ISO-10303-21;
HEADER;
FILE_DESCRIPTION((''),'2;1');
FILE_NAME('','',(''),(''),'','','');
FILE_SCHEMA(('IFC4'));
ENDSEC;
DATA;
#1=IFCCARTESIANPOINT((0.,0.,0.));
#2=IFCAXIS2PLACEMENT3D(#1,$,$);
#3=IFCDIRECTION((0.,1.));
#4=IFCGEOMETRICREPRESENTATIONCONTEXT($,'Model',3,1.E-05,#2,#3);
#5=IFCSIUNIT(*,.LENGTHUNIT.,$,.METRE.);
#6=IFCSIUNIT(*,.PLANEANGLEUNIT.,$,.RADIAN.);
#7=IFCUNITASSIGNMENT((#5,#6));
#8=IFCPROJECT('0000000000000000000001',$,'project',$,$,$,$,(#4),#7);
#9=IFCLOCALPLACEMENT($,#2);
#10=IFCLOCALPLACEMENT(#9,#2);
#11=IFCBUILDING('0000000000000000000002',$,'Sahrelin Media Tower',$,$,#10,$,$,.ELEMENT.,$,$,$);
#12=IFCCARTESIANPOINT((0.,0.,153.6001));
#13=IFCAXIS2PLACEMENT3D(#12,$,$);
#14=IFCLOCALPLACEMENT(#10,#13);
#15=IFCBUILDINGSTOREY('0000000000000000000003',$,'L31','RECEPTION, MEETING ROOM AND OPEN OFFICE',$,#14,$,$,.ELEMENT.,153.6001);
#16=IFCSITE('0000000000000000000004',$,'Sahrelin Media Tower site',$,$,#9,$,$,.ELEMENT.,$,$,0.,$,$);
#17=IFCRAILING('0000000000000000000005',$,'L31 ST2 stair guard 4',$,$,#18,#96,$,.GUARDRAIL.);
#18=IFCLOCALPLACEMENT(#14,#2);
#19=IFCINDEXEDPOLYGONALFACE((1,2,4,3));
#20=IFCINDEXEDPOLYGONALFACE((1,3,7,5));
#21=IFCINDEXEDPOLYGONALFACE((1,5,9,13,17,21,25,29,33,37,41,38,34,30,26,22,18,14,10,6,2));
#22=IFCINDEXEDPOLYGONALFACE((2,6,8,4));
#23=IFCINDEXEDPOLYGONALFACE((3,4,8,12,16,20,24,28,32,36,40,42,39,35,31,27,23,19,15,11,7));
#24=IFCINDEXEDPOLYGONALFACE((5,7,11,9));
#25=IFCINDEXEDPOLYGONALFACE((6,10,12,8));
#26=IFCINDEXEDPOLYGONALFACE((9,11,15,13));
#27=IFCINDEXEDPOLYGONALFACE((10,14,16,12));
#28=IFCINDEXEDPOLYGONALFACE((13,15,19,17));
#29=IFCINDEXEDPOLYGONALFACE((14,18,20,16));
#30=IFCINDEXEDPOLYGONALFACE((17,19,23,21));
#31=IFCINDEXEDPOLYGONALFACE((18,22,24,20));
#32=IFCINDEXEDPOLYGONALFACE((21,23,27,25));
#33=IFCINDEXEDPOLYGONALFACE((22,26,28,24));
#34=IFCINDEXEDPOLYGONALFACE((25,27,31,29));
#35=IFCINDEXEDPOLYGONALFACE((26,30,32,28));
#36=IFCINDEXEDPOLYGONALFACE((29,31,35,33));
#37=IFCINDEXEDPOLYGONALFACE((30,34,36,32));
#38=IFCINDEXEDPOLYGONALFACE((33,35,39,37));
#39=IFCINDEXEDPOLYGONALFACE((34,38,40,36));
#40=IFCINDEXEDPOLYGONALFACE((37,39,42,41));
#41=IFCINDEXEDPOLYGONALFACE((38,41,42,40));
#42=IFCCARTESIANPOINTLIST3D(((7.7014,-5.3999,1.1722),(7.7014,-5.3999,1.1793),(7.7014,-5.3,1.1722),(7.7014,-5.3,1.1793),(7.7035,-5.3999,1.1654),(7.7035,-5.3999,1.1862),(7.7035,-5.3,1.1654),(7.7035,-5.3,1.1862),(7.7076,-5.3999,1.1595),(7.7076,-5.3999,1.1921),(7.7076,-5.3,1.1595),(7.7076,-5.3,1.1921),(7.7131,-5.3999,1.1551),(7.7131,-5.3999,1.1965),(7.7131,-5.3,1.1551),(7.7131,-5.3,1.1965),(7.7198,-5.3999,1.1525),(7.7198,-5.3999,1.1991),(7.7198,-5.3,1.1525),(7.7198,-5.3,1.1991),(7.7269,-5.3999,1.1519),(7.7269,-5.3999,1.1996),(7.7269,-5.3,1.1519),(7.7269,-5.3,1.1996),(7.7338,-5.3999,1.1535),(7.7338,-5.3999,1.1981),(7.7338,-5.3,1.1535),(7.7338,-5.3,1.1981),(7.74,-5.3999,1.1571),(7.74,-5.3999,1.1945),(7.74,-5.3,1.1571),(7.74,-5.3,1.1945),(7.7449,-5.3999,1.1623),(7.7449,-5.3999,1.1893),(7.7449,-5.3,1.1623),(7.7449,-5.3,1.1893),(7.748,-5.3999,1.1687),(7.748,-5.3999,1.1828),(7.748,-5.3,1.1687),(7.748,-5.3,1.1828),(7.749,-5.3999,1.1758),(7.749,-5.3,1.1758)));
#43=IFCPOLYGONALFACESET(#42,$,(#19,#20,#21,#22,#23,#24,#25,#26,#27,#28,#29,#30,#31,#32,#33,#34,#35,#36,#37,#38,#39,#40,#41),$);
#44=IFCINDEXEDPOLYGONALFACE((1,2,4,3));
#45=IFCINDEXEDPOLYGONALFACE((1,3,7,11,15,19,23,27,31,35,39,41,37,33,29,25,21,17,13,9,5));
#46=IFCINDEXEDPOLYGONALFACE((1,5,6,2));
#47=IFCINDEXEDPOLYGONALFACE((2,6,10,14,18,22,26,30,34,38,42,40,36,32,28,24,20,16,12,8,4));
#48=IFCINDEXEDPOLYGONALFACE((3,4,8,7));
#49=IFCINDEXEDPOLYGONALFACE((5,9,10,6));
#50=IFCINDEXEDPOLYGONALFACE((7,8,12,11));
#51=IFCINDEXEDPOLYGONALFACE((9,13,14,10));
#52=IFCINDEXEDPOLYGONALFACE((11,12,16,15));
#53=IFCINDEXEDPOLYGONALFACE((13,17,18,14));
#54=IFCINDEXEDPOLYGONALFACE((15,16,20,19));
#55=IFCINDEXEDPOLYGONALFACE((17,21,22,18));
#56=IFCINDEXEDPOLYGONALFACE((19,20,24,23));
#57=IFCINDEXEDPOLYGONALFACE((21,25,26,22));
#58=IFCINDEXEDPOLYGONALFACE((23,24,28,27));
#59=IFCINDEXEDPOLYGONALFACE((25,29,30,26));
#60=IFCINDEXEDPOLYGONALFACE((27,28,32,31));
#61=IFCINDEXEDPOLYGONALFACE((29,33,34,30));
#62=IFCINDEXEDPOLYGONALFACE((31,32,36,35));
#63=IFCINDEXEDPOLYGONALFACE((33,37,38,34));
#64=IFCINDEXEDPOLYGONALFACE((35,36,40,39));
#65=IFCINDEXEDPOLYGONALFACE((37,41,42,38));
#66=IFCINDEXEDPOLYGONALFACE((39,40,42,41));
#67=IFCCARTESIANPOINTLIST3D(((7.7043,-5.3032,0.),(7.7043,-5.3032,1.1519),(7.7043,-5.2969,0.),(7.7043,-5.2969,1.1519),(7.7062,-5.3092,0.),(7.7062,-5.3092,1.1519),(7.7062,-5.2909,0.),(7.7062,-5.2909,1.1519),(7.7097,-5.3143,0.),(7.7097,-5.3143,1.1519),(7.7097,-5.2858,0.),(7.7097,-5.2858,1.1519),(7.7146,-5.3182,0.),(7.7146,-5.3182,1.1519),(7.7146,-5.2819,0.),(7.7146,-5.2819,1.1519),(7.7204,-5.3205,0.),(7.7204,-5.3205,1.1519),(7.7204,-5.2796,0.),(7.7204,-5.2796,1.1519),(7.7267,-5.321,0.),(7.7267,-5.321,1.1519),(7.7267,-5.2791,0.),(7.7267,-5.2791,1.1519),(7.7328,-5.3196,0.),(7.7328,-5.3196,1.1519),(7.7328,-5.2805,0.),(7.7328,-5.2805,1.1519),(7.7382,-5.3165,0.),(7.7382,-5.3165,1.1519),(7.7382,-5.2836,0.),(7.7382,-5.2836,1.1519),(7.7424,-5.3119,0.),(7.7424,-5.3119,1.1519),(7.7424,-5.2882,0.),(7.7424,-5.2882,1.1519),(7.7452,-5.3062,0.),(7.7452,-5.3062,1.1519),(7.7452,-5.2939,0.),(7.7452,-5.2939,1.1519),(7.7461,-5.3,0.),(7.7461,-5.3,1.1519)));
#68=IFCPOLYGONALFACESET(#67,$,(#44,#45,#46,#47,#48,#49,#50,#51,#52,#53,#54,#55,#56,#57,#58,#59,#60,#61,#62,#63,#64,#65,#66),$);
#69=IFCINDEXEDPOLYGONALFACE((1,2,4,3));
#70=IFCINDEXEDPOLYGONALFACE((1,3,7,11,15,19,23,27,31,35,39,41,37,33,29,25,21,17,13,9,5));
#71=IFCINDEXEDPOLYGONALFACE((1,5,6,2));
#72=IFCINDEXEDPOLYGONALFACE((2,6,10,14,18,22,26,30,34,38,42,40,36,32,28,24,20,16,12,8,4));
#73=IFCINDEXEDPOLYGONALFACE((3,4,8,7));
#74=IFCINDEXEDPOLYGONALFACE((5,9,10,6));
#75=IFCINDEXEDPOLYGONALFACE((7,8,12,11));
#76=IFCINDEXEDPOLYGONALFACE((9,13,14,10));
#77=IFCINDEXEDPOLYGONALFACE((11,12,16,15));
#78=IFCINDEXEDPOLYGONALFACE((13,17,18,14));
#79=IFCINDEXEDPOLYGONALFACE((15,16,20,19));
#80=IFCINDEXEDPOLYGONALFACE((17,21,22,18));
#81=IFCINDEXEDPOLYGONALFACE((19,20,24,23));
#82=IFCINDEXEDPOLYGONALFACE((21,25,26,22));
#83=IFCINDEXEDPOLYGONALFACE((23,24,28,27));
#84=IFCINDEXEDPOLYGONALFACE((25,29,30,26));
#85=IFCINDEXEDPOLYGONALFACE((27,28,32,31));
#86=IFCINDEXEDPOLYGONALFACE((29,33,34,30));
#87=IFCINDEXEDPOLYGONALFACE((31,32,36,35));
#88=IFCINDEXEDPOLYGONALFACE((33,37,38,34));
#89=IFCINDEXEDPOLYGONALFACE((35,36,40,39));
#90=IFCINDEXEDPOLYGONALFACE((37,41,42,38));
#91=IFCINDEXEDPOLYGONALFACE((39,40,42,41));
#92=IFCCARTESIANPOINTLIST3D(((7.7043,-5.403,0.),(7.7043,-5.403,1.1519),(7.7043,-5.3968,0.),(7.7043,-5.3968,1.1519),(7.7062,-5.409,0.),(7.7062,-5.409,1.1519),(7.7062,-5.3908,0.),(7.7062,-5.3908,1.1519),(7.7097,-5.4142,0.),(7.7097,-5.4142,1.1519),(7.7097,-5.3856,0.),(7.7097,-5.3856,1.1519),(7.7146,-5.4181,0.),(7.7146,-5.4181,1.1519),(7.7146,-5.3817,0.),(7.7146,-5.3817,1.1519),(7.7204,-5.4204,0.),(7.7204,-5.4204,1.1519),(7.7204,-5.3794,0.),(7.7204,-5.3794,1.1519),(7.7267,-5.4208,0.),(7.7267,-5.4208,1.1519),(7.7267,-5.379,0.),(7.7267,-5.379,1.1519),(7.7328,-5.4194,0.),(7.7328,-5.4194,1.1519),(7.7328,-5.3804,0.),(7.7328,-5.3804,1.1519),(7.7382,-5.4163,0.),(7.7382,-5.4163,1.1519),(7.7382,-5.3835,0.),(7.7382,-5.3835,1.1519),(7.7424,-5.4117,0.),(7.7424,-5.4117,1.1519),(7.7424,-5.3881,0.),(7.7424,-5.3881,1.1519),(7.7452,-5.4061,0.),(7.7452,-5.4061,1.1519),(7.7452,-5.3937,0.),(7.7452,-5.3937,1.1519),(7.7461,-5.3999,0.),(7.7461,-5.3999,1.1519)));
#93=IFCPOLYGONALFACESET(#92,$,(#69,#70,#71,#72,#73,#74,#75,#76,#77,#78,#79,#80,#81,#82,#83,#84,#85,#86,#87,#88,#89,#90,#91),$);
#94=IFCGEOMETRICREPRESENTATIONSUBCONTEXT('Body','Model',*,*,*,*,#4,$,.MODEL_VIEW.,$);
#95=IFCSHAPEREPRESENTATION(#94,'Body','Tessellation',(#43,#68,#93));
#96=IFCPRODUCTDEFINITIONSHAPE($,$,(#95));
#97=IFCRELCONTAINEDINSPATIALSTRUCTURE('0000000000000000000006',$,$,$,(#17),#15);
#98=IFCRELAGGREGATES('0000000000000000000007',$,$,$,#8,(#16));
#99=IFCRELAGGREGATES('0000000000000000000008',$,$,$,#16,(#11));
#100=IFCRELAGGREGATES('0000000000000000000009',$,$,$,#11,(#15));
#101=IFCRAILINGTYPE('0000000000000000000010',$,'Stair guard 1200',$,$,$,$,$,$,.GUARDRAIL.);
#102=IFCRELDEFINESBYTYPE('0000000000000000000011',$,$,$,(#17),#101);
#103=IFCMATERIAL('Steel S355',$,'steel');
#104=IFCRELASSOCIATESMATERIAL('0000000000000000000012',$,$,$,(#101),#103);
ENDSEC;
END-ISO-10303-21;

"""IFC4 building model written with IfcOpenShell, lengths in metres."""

from ifc_helpers import new_model, si_unit, direction, frame, origin, origin_2d, place, context, subcontext, project, spatial, circle, extrude, material, type_object, element, save


model = new_model("IFC4")

# Units and contexts
model_context = context("Model", 3, precision=1e-05, world=origin(), true_north=direction((0.0, 1.0)))
body_context = subcontext(model_context, "Body", "Model", "MODEL_VIEW")
ifc_project = project(units=[si_unit("LENGTHUNIT", "METRE"), si_unit("PLANEANGLEUNIT", "RADIAN")], contexts=[model_context])

# Site, building, storey
site_placement = place(None, origin())
site = spatial("IfcSite", under=ifc_project, at=site_placement, Name="Sahrelin Media Tower site", CompositionType="ELEMENT", RefElevation=0.0)
building_placement = place(site_placement, origin())
building = spatial("IfcBuilding", under=site, at=building_placement, Name="Sahrelin Media Tower", CompositionType="ELEMENT")
storey_placement = place(building_placement, frame((0.0, 0.0, 153.6001)))
storey = spatial("IfcBuildingStorey", under=building, at=storey_placement, Name="L31", Description="RECEPTION, MEETING ROOM AND OPEN OFFICE", CompositionType="ELEMENT", Elevation=153.6001)

# Railing
ifc_material_1 = material(Name="Steel S355", Category="steel")
railing_type_1 = type_object("IfcRailingType", Name="Stair guard 1200", PredefinedType="GUARDRAIL", material=ifc_material_1)
railing_1_placement = place(storey_placement, frame((7.7251, -5.3, 0.0)))
element("IfcRailing", 1, at=railing_1_placement, inside=storey, type_object=railing_type_1, Name="L31 ST2 stair guard 4", PredefinedType="GUARDRAIL", context=body_context, shape_type="SweptSolid", body=[
    extrude(circle(Radius=0.0239, at=origin_2d()), frame((0.0, 0.0, 1.1758), z_axis=(0.0, -1.0, 0.0), x_axis=(1.0, 0.0, 0.0)), (0.0, 0.0, 1.0), 0.0999),
    extrude(circle(Radius=0.021, at=origin_2d()), origin(), (0.0, 0.0, 1.0), 1.1519),
    extrude(circle(Radius=0.021, at=origin_2d()), frame((0.0, -0.0999, 0.0)), (0.0, 0.0, 1.0), 1.1519),
])

save(model, "model.ifc")
